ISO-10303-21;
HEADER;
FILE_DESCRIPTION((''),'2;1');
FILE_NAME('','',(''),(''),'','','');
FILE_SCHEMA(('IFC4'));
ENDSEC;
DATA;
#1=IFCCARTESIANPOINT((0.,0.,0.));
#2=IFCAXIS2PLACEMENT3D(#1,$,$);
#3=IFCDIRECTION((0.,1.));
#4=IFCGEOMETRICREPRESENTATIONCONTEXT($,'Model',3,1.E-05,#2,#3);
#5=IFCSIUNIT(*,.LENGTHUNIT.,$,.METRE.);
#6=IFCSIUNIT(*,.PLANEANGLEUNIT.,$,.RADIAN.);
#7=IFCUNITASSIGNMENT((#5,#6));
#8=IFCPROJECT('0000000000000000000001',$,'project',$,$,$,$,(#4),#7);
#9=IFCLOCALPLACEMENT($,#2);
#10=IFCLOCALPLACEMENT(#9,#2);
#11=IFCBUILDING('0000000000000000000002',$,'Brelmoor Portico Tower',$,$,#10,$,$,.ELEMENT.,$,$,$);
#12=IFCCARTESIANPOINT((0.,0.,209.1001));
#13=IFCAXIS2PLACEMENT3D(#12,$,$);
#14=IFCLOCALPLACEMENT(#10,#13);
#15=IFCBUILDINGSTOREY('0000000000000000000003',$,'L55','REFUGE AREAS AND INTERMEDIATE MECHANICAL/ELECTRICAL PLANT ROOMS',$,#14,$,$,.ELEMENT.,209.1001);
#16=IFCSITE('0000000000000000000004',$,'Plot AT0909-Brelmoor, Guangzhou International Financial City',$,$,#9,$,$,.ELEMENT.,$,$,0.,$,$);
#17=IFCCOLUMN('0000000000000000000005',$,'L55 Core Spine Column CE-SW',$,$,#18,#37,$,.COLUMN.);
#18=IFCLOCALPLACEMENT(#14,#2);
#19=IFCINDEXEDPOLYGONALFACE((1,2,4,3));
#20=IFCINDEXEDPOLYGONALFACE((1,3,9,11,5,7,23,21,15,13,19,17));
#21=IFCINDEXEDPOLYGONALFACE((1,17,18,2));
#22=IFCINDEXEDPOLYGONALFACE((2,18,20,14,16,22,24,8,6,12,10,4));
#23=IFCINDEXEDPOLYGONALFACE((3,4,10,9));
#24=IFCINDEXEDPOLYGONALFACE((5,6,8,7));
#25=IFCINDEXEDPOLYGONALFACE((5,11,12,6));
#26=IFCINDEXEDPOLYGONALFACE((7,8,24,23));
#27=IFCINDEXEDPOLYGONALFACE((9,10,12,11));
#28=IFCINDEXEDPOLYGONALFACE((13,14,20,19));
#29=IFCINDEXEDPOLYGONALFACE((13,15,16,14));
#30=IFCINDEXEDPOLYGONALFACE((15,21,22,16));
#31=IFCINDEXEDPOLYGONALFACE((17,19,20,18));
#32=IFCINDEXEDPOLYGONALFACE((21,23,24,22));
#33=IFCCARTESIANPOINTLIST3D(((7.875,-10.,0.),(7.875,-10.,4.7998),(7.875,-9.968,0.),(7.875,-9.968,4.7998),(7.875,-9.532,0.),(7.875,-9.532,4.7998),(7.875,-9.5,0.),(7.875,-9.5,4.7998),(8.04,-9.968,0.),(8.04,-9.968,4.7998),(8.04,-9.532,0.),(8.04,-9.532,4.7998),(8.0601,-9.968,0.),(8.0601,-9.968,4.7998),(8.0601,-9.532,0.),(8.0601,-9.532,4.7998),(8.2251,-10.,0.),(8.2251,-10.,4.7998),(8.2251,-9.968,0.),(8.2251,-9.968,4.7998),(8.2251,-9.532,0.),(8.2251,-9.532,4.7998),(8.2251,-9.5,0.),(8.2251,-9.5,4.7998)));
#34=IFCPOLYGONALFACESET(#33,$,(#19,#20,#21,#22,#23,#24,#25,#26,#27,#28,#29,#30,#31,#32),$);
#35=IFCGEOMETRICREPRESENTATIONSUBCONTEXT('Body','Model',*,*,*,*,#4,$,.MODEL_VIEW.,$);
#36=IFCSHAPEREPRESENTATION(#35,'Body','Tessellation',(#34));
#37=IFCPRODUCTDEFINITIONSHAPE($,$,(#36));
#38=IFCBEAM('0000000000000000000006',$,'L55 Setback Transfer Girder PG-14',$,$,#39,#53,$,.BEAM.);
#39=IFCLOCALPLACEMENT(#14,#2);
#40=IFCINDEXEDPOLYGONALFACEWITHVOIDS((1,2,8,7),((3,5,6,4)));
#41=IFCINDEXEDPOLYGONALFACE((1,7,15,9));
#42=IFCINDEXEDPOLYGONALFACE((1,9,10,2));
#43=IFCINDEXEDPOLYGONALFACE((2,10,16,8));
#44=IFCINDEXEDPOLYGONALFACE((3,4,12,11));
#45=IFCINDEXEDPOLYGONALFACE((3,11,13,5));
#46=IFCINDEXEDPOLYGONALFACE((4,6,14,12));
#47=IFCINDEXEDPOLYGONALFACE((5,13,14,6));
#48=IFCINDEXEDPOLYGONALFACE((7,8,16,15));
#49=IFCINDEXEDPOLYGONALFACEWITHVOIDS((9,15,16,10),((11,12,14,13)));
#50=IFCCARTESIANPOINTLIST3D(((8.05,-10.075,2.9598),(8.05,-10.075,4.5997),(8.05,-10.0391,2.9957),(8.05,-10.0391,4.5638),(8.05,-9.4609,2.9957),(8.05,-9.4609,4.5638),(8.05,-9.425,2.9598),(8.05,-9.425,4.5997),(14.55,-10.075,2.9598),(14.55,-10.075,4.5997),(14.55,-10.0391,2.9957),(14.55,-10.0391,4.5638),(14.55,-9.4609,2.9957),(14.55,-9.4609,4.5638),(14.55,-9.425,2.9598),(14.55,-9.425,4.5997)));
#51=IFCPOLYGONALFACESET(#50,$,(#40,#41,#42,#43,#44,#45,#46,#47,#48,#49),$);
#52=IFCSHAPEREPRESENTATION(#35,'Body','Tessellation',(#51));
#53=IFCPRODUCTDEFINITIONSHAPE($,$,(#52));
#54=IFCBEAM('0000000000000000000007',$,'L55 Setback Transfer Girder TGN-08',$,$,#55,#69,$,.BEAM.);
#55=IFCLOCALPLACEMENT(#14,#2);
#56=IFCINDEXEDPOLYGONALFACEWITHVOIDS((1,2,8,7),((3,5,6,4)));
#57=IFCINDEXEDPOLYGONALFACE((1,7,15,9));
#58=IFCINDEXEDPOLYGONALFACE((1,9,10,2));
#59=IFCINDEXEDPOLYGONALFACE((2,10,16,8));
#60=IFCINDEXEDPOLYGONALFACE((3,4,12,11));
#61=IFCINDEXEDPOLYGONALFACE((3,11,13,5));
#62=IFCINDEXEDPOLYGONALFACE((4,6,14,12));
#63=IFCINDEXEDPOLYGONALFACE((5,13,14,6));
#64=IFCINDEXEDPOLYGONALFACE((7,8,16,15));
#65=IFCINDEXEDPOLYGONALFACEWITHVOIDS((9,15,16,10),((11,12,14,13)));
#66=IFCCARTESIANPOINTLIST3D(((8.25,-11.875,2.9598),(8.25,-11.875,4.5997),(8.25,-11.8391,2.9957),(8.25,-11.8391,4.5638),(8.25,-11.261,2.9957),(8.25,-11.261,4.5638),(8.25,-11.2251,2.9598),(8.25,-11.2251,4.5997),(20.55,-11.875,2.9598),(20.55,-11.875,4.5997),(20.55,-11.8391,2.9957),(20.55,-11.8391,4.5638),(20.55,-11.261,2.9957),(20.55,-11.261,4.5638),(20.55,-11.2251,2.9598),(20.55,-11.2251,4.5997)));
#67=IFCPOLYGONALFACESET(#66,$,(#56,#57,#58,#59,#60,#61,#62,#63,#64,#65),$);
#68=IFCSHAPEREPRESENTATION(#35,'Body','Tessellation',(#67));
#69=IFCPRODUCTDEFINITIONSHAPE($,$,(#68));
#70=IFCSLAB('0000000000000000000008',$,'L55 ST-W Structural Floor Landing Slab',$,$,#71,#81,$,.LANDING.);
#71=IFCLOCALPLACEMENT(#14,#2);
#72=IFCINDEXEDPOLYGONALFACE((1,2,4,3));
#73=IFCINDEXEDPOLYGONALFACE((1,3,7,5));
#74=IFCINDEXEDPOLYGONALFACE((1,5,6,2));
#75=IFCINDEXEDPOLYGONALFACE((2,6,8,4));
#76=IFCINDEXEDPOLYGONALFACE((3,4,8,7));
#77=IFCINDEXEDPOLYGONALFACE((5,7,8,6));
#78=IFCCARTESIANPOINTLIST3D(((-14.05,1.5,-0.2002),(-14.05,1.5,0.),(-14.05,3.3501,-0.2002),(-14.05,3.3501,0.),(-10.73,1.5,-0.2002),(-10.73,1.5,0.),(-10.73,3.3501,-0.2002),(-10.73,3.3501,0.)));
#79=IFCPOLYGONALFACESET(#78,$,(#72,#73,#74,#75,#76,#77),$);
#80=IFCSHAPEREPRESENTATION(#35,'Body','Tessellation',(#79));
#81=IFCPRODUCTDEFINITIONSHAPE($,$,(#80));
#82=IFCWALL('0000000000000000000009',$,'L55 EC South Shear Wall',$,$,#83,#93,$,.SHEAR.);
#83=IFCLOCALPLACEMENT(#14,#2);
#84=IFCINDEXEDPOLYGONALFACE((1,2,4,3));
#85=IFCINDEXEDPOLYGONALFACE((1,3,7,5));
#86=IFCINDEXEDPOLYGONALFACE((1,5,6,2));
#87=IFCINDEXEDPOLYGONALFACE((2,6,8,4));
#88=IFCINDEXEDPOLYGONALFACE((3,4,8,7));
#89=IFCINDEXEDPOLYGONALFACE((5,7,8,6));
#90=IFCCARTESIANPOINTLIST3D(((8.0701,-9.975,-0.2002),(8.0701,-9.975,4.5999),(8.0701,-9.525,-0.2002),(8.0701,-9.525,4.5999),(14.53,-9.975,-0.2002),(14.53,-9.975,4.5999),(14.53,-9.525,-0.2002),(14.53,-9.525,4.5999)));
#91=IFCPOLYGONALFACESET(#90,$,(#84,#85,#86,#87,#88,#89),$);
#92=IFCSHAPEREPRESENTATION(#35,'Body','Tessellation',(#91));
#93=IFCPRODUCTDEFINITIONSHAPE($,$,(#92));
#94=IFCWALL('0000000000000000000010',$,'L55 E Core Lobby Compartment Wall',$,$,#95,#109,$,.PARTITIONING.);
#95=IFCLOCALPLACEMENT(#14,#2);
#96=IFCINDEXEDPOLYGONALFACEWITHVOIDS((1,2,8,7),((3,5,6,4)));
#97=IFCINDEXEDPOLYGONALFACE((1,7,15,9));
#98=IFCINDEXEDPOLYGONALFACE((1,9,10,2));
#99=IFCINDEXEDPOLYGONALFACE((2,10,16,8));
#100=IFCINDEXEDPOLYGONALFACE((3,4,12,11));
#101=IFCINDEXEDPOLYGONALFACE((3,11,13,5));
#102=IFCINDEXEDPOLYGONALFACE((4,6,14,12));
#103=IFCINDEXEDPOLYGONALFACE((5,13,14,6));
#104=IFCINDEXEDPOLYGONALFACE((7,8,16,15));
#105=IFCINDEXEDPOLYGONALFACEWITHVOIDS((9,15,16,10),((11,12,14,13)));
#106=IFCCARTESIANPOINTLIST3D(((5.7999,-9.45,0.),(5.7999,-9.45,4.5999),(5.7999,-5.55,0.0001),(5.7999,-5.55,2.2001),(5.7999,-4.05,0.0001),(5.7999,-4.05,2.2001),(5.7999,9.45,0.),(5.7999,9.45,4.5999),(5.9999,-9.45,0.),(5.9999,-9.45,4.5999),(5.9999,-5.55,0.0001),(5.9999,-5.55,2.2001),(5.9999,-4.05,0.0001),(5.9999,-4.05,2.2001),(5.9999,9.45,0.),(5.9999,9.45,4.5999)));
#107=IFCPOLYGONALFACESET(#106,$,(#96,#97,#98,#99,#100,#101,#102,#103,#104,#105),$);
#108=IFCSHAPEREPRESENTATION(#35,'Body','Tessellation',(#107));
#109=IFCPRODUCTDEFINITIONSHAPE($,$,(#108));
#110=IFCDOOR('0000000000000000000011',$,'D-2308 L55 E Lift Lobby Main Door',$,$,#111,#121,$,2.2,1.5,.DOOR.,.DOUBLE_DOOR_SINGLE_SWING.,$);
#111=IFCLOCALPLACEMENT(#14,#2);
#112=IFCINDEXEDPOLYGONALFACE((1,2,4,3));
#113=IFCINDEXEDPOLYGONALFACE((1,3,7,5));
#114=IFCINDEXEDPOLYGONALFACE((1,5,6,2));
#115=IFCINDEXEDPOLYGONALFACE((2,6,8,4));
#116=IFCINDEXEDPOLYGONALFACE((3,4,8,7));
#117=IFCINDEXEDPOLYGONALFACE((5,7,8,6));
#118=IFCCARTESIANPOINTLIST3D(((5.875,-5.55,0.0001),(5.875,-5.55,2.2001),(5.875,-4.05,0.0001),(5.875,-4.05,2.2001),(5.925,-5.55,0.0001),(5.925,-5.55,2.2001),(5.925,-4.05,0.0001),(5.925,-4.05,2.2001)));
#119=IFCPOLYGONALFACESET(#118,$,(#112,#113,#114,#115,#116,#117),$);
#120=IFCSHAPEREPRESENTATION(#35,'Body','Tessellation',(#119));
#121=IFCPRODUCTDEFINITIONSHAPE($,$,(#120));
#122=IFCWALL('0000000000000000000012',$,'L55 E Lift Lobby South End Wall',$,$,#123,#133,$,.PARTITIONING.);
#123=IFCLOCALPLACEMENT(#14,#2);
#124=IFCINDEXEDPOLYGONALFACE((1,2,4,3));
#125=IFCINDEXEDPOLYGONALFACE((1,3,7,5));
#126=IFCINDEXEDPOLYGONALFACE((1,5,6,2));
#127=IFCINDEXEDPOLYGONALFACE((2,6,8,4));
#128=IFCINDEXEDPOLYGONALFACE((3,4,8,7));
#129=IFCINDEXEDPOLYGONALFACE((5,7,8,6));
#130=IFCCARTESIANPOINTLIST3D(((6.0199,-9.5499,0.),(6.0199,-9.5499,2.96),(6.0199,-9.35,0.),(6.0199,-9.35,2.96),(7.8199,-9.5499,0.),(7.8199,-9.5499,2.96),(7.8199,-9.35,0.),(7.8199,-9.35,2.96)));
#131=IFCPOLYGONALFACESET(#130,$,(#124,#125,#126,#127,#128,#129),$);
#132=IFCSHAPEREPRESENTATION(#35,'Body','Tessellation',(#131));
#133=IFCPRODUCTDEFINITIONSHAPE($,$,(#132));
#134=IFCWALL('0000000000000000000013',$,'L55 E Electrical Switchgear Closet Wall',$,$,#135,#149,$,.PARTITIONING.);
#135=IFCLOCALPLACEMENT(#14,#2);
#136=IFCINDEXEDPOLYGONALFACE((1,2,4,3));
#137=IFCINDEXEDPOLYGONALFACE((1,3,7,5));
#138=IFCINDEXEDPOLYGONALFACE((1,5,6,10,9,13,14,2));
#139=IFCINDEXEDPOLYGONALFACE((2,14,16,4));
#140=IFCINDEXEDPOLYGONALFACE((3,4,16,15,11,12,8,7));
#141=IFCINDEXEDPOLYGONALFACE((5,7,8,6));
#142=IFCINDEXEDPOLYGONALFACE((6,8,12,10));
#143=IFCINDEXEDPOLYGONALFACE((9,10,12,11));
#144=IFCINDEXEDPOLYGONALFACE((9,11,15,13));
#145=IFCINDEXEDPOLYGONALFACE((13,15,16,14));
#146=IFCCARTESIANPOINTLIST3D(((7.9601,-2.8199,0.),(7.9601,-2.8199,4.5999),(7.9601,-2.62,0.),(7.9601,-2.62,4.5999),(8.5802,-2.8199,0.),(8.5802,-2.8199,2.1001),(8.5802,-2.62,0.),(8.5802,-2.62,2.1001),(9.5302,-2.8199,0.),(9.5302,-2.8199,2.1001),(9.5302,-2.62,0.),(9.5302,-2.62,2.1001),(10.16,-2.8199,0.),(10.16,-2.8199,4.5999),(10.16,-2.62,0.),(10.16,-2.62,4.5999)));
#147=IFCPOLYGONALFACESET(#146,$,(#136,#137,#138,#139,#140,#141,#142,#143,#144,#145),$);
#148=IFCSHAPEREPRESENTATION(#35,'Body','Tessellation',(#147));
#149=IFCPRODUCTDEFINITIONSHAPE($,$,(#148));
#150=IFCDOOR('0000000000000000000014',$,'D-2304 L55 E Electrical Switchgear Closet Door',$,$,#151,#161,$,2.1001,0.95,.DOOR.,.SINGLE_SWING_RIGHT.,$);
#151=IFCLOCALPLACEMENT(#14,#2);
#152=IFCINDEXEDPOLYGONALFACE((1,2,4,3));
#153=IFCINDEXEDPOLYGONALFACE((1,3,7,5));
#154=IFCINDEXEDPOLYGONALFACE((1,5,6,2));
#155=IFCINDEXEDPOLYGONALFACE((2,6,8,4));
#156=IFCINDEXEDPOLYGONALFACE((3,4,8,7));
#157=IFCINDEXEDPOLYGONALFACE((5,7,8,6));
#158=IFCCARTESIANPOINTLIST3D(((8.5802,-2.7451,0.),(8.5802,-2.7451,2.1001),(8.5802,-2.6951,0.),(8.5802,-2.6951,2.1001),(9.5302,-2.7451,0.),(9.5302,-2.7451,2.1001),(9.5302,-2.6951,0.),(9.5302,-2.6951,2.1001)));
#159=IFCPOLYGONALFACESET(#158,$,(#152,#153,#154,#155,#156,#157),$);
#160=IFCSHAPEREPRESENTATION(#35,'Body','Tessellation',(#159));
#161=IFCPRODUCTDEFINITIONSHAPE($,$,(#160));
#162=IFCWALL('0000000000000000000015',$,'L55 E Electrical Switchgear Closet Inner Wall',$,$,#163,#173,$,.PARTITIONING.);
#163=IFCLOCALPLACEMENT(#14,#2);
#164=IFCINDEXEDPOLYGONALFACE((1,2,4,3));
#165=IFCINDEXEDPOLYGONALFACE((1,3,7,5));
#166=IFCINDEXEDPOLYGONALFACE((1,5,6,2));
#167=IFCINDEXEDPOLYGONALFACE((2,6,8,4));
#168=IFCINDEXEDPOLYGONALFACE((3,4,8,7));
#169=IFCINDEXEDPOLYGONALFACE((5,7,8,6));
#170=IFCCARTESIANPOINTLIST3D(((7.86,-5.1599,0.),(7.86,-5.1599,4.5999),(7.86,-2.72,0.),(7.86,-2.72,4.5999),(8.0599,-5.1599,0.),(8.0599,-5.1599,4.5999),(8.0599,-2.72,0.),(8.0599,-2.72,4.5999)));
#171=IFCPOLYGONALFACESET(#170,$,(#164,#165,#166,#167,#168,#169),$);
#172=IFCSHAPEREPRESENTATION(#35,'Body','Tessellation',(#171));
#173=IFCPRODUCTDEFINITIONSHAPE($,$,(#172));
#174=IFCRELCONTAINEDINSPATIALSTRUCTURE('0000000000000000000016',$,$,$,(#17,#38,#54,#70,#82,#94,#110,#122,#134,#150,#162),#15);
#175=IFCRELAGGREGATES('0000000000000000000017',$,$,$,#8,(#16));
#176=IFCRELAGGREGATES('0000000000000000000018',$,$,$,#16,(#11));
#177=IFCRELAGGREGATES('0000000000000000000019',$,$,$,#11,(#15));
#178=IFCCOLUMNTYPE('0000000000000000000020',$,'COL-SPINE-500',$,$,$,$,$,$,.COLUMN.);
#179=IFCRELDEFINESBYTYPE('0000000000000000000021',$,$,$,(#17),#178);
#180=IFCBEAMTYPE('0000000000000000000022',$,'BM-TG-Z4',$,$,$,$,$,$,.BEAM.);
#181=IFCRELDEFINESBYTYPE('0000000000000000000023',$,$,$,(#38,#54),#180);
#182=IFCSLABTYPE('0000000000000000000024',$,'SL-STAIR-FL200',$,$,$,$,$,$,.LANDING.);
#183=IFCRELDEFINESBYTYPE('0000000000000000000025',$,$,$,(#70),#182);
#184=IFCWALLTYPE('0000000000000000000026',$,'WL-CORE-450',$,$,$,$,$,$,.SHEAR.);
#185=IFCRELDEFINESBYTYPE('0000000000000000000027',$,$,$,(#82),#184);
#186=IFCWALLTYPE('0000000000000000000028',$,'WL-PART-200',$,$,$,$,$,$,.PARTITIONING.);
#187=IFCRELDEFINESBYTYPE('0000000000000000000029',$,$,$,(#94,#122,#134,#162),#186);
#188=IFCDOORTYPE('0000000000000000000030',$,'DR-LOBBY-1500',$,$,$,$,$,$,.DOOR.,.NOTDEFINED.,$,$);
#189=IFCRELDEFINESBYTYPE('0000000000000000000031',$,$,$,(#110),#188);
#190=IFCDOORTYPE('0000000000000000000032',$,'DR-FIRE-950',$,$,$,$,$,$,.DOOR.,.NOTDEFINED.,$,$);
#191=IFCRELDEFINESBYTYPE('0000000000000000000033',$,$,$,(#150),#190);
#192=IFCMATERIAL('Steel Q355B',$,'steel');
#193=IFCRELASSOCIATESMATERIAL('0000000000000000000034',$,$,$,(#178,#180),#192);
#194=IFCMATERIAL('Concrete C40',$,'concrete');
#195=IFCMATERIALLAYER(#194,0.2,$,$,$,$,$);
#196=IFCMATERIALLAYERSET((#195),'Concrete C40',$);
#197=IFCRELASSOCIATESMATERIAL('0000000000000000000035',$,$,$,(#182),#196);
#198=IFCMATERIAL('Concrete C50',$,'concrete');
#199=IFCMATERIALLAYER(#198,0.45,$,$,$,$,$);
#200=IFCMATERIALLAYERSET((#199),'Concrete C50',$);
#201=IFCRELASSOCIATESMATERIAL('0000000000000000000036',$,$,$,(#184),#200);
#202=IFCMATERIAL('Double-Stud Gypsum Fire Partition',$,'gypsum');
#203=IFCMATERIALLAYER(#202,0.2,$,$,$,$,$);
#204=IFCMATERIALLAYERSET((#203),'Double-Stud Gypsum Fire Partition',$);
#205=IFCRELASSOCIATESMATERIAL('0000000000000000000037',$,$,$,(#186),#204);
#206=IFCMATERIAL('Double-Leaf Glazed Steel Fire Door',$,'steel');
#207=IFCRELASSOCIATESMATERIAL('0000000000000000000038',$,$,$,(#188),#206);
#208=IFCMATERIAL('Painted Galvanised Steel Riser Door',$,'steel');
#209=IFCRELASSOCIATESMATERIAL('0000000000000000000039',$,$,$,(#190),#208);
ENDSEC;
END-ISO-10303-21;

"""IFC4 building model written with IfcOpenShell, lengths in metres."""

from ifc_helpers import new_model, si_unit, direction, frame, frame_2d, origin, origin_2d, place, context, subcontext, project, spatial, polyline, rectangle, hollow_rectangle, i_section, outline, extrude, material, layer, layer_set, material_profile, profile_set, type_object, element, fill, save


model = new_model("IFC4")

# Units and contexts
model_context = context("Model", 3, precision=1e-05, world=origin(), true_north=direction((0.0, 1.0)))
body_context = subcontext(model_context, "Body", "Model", "MODEL_VIEW")
ifc_project = project(units=[si_unit("LENGTHUNIT", "METRE"), si_unit("PLANEANGLEUNIT", "RADIAN")], contexts=[model_context])

# Site, building, storey
site_placement = place(None, origin())
site = spatial("IfcSite", under=ifc_project, at=site_placement, Name="Plot AT0909-Brelmoor, Guangzhou International Financial City", CompositionType="ELEMENT", RefElevation=0.0)
building_placement = place(site_placement, origin())
building = spatial("IfcBuilding", under=site, at=building_placement, Name="Brelmoor Portico Tower", CompositionType="ELEMENT")
storey_placement = place(building_placement, frame((0.0, 0.0, 209.1001)))
storey = spatial("IfcBuildingStorey", under=building, at=storey_placement, Name="L55", Description="REFUGE AREAS AND INTERMEDIATE MECHANICAL/ELECTRICAL PLANT ROOMS", CompositionType="ELEMENT", Elevation=209.1001)

# Column
ifc_material_1 = material(Name="Steel Q355B", Category="steel")
ifc_material_profile_1 = material_profile(ifc_material_1, i_section(OverallWidth=0.3501, OverallDepth=0.5, WebThickness=0.02, FlangeThickness=0.032, at=origin_2d()), Name="HW 500x350x20x32")
ifc_profile_set_1 = profile_set([ifc_material_profile_1], Name="Steel Q355B")
column_type = type_object("IfcColumnType", Name="COL-SPINE-500", PredefinedType="COLUMN", material=ifc_profile_set_1)
column_placement = place(storey_placement, frame((8.05, -9.75, 0.0), z_axis=(0.0, 0.0, 1.0), x_axis=(1.0, 0.0, 0.0)))
element("IfcColumn", 1, at=column_placement, inside=storey, type_object=column_type, Name="L55 Core Spine Column CE-SW", PredefinedType="COLUMN", context=body_context, shape_type="SweptSolid", body=[
    extrude(i_section(OverallWidth=0.3501, OverallDepth=0.5, WebThickness=0.02, FlangeThickness=0.032, at=origin_2d()), origin(), (0.0, 0.0, 1.0), 4.7998),
])

# Beams
ifc_material_profile_2 = material_profile(ifc_material_1, hollow_rectangle(XDim=0.6499, YDim=1.6399, WallThickness=0.0359, at=origin_2d()), Name="BOX 650x1640x36")
ifc_profile_set_2 = profile_set([ifc_material_profile_2], Name="Steel Q355B")
beam_type = type_object("IfcBeamType", Name="BM-TG-Z4", PredefinedType="BEAM", material=ifc_profile_set_2)
beam_1_placement = place(storey_placement, frame((8.05, -9.75, 3.7798), z_axis=(1.0, 0.0, 0.0), x_axis=(0.0, 1.0, 0.0)))
element("IfcBeam", 2, at=beam_1_placement, inside=storey, type_object=beam_type, Name="L55 Setback Transfer Girder PG-14", PredefinedType="BEAM", context=body_context, shape_type="SweptSolid", body=[
    extrude(hollow_rectangle(XDim=0.6499, YDim=1.6399, WallThickness=0.0359, at=origin_2d()), origin(), (0.0, 0.0, 1.0), 6.5),
])
beam_2_placement = place(storey_placement, frame((8.25, -11.55, 3.7798), z_axis=(1.0, 0.0, 0.0), x_axis=(0.0, 1.0, 0.0)))
element("IfcBeam", 3, at=beam_2_placement, inside=storey, type_object=beam_type, Name="L55 Setback Transfer Girder TGN-08", PredefinedType="BEAM", context=body_context, shape_type="SweptSolid", body=[
    extrude(hollow_rectangle(XDim=0.6499, YDim=1.6399, WallThickness=0.0359, at=origin_2d()), origin(), (0.0, 0.0, 1.0), 12.3),
])

# Slab
ifc_material_2 = material(Name="Concrete C40", Category="concrete")
ifc_layer_1 = layer(ifc_material_2, 0.2)
ifc_layer_set_1 = layer_set([ifc_layer_1], Name="Concrete C40")
slab_type = type_object("IfcSlabType", Name="SL-STAIR-FL200", PredefinedType="LANDING", material=ifc_layer_set_1)
slab_placement = place(storey_placement, frame((0.0, 0.0, -0.2002)))
element("IfcSlab", 4, at=slab_placement, inside=storey, type_object=slab_type, Name="L55 ST-W Structural Floor Landing Slab", PredefinedType="LANDING", context=body_context, shape_type="SweptSolid", body=[
    extrude(outline(polyline([(-10.73, 1.5), (-10.73, 3.3501), (-14.05, 3.3501), (-14.05, 1.5), (-10.73, 1.5)])), origin(), (0.0, 0.0, 1.0), 0.2002),
])

# Wall
ifc_material_3 = material(Name="Concrete C50", Category="concrete")
ifc_layer_2 = layer(ifc_material_3, 0.45)
ifc_layer_set_2 = layer_set([ifc_layer_2], Name="Concrete C50")
wall_type_1 = type_object("IfcWallType", Name="WL-CORE-450", PredefinedType="SHEAR", material=ifc_layer_set_2)
wall_1_placement = place(storey_placement, frame((8.0701, -9.75, -0.2002), z_axis=(0.0, 0.0, 1.0), x_axis=(1.0, 0.0, 0.0)))
element("IfcWall", 5, at=wall_1_placement, inside=storey, type_object=wall_type_1, Name="L55 EC South Shear Wall", PredefinedType="SHEAR", context=body_context, shape_type="SweptSolid", body=[
    extrude(rectangle(XDim=6.46, YDim=0.45, at=frame_2d((3.23, 0.0))), origin(), (0.0, 0.0, 1.0), 4.8),
])

# Wall, opening, door
ifc_material_4 = material(Name="Double-Stud Gypsum Fire Partition", Category="gypsum")
ifc_layer_3 = layer(ifc_material_4, 0.2)
ifc_layer_set_3 = layer_set([ifc_layer_3], Name="Double-Stud Gypsum Fire Partition")
wall_type_2 = type_object("IfcWallType", Name="WL-PART-200", PredefinedType="PARTITIONING", material=ifc_layer_set_3)
wall_2_placement = place(storey_placement, frame((5.8999, -9.45, 0.0), z_axis=(0.0, 0.0, 1.0), x_axis=(0.0, 1.0, 0.0)))
wall_2 = element("IfcWall", 6, at=wall_2_placement, inside=storey, type_object=wall_type_2, Name="L55 E Core Lobby Compartment Wall", PredefinedType="PARTITIONING", context=body_context, shape_type="SweptSolid", body=[
    extrude(rectangle(XDim=18.8999, YDim=0.2, at=frame_2d((9.45, 0.0))), origin(), (0.0, 0.0, 1.0), 4.5999),
])
opening_1_placement = place(wall_2_placement, frame((3.8999, 0.0, 0.0)))
opening_1 = element("IfcOpeningElement", 7, at=opening_1_placement, cuts=wall_2, PredefinedType="OPENING", context=body_context, shape_type="SweptSolid", body=[
    extrude(rectangle(XDim=1.5, YDim=2.2, at=frame_2d((0.75, 1.1001))), frame((0.0, 0.1099, 0.0), z_axis=(0.0, -1.0, 0.0), x_axis=(1.0, 0.0, 0.0)), (0.0, 0.0, 1.0), 0.22),
])
ifc_material_5 = material(Name="Double-Leaf Glazed Steel Fire Door", Category="steel")
door_type_1 = type_object("IfcDoorType", Name="DR-LOBBY-1500", OperationType="NOTDEFINED", PredefinedType="DOOR", material=ifc_material_5)
door_1_placement = place(opening_1_placement, origin())
door_1 = element("IfcDoor", 8, at=door_1_placement, inside=storey, type_object=door_type_1, Name="D-2308 L55 E Lift Lobby Main Door", OperationType="DOUBLE_DOOR_SINGLE_SWING", OverallHeight=2.2, OverallWidth=1.5, PredefinedType="DOOR", context=body_context, shape_type="SweptSolid", body=[
    extrude(rectangle(XDim=1.5, YDim=2.2, at=frame_2d((0.75, 1.1001))), frame((0.0, 0.0249, 0.0), z_axis=(0.0, -1.0, 0.0), x_axis=(1.0, 0.0, 0.0)), (0.0, 0.0, 1.0), 0.05),
])
fill(opening_1, door_1)

# Wall
wall_3_placement = place(storey_placement, frame((6.02, -9.45, 0.0), z_axis=(0.0, 0.0, 1.0), x_axis=(1.0, 0.0, 0.0)))
element("IfcWall", 9, at=wall_3_placement, inside=storey, type_object=wall_type_2, Name="L55 E Lift Lobby South End Wall", PredefinedType="PARTITIONING", context=body_context, shape_type="SweptSolid", body=[
    extrude(rectangle(XDim=1.8, YDim=0.2, at=frame_2d((0.8999, 0.0))), origin(), (0.0, 0.0, 1.0), 2.96),
])

# Wall, opening, door
wall_4_placement = place(storey_placement, frame((7.96, -2.72, 0.0), z_axis=(0.0, 0.0, 1.0), x_axis=(1.0, 0.0, 0.0)))
wall_4 = element("IfcWall", 10, at=wall_4_placement, inside=storey, type_object=wall_type_2, Name="L55 E Electrical Switchgear Closet Wall", PredefinedType="PARTITIONING", context=body_context, shape_type="SweptSolid", body=[
    extrude(rectangle(XDim=2.2, YDim=0.2, at=frame_2d((1.1001, 0.0))), origin(), (0.0, 0.0, 1.0), 4.5999),
])
opening_2_placement = place(wall_4_placement, frame((0.6201, 0.0, 0.0)))
opening_2 = element("IfcOpeningElement", 11, at=opening_2_placement, cuts=wall_4, PredefinedType="OPENING", context=body_context, shape_type="SweptSolid", body=[
    extrude(rectangle(XDim=0.95, YDim=2.1001, at=frame_2d((0.4751, 1.05))), frame((0.0, 0.1099, 0.0), z_axis=(0.0, -1.0, 0.0), x_axis=(1.0, 0.0, 0.0)), (0.0, 0.0, 1.0), 0.22),
])
ifc_material_6 = material(Name="Painted Galvanised Steel Riser Door", Category="steel")
door_type_2 = type_object("IfcDoorType", Name="DR-FIRE-950", OperationType="NOTDEFINED", PredefinedType="DOOR", material=ifc_material_6)
door_2_placement = place(opening_2_placement, origin())
door_2 = element("IfcDoor", 12, at=door_2_placement, inside=storey, type_object=door_type_2, Name="D-2304 L55 E Electrical Switchgear Closet Door", OperationType="SINGLE_SWING_RIGHT", OverallHeight=2.1001, OverallWidth=0.95, PredefinedType="DOOR", context=body_context, shape_type="SweptSolid", body=[
    extrude(rectangle(XDim=0.95, YDim=2.1001, at=frame_2d((0.4751, 1.05))), frame((0.0, 0.0249, 0.0), z_axis=(0.0, -1.0, 0.0), x_axis=(1.0, 0.0, 0.0)), (0.0, 0.0, 1.0), 0.05),
])
fill(opening_2, door_2)

# Wall
for number, where, z_axis, x_axis, name in (
    (13, (7.96, -5.1599, 0.0), (0.0, 0.0, 1.0), (0.0, 1.0, 0.0), "L55 E Electrical Switchgear Closet Inner Wall"),
):
    element("IfcWall", number, at=place(storey_placement, frame(where, z_axis=z_axis, x_axis=x_axis)), inside=storey, type_object=wall_type_2, Name=name, PredefinedType="PARTITIONING", context=body_context, shape_type="SweptSolid", body=[
        extrude(rectangle(XDim=2.4399, YDim=0.2, at=frame_2d((1.22, 0.0))), origin(), (0.0, 0.0, 1.0), 4.5999),
    ])

save(model, "model.ifc")
